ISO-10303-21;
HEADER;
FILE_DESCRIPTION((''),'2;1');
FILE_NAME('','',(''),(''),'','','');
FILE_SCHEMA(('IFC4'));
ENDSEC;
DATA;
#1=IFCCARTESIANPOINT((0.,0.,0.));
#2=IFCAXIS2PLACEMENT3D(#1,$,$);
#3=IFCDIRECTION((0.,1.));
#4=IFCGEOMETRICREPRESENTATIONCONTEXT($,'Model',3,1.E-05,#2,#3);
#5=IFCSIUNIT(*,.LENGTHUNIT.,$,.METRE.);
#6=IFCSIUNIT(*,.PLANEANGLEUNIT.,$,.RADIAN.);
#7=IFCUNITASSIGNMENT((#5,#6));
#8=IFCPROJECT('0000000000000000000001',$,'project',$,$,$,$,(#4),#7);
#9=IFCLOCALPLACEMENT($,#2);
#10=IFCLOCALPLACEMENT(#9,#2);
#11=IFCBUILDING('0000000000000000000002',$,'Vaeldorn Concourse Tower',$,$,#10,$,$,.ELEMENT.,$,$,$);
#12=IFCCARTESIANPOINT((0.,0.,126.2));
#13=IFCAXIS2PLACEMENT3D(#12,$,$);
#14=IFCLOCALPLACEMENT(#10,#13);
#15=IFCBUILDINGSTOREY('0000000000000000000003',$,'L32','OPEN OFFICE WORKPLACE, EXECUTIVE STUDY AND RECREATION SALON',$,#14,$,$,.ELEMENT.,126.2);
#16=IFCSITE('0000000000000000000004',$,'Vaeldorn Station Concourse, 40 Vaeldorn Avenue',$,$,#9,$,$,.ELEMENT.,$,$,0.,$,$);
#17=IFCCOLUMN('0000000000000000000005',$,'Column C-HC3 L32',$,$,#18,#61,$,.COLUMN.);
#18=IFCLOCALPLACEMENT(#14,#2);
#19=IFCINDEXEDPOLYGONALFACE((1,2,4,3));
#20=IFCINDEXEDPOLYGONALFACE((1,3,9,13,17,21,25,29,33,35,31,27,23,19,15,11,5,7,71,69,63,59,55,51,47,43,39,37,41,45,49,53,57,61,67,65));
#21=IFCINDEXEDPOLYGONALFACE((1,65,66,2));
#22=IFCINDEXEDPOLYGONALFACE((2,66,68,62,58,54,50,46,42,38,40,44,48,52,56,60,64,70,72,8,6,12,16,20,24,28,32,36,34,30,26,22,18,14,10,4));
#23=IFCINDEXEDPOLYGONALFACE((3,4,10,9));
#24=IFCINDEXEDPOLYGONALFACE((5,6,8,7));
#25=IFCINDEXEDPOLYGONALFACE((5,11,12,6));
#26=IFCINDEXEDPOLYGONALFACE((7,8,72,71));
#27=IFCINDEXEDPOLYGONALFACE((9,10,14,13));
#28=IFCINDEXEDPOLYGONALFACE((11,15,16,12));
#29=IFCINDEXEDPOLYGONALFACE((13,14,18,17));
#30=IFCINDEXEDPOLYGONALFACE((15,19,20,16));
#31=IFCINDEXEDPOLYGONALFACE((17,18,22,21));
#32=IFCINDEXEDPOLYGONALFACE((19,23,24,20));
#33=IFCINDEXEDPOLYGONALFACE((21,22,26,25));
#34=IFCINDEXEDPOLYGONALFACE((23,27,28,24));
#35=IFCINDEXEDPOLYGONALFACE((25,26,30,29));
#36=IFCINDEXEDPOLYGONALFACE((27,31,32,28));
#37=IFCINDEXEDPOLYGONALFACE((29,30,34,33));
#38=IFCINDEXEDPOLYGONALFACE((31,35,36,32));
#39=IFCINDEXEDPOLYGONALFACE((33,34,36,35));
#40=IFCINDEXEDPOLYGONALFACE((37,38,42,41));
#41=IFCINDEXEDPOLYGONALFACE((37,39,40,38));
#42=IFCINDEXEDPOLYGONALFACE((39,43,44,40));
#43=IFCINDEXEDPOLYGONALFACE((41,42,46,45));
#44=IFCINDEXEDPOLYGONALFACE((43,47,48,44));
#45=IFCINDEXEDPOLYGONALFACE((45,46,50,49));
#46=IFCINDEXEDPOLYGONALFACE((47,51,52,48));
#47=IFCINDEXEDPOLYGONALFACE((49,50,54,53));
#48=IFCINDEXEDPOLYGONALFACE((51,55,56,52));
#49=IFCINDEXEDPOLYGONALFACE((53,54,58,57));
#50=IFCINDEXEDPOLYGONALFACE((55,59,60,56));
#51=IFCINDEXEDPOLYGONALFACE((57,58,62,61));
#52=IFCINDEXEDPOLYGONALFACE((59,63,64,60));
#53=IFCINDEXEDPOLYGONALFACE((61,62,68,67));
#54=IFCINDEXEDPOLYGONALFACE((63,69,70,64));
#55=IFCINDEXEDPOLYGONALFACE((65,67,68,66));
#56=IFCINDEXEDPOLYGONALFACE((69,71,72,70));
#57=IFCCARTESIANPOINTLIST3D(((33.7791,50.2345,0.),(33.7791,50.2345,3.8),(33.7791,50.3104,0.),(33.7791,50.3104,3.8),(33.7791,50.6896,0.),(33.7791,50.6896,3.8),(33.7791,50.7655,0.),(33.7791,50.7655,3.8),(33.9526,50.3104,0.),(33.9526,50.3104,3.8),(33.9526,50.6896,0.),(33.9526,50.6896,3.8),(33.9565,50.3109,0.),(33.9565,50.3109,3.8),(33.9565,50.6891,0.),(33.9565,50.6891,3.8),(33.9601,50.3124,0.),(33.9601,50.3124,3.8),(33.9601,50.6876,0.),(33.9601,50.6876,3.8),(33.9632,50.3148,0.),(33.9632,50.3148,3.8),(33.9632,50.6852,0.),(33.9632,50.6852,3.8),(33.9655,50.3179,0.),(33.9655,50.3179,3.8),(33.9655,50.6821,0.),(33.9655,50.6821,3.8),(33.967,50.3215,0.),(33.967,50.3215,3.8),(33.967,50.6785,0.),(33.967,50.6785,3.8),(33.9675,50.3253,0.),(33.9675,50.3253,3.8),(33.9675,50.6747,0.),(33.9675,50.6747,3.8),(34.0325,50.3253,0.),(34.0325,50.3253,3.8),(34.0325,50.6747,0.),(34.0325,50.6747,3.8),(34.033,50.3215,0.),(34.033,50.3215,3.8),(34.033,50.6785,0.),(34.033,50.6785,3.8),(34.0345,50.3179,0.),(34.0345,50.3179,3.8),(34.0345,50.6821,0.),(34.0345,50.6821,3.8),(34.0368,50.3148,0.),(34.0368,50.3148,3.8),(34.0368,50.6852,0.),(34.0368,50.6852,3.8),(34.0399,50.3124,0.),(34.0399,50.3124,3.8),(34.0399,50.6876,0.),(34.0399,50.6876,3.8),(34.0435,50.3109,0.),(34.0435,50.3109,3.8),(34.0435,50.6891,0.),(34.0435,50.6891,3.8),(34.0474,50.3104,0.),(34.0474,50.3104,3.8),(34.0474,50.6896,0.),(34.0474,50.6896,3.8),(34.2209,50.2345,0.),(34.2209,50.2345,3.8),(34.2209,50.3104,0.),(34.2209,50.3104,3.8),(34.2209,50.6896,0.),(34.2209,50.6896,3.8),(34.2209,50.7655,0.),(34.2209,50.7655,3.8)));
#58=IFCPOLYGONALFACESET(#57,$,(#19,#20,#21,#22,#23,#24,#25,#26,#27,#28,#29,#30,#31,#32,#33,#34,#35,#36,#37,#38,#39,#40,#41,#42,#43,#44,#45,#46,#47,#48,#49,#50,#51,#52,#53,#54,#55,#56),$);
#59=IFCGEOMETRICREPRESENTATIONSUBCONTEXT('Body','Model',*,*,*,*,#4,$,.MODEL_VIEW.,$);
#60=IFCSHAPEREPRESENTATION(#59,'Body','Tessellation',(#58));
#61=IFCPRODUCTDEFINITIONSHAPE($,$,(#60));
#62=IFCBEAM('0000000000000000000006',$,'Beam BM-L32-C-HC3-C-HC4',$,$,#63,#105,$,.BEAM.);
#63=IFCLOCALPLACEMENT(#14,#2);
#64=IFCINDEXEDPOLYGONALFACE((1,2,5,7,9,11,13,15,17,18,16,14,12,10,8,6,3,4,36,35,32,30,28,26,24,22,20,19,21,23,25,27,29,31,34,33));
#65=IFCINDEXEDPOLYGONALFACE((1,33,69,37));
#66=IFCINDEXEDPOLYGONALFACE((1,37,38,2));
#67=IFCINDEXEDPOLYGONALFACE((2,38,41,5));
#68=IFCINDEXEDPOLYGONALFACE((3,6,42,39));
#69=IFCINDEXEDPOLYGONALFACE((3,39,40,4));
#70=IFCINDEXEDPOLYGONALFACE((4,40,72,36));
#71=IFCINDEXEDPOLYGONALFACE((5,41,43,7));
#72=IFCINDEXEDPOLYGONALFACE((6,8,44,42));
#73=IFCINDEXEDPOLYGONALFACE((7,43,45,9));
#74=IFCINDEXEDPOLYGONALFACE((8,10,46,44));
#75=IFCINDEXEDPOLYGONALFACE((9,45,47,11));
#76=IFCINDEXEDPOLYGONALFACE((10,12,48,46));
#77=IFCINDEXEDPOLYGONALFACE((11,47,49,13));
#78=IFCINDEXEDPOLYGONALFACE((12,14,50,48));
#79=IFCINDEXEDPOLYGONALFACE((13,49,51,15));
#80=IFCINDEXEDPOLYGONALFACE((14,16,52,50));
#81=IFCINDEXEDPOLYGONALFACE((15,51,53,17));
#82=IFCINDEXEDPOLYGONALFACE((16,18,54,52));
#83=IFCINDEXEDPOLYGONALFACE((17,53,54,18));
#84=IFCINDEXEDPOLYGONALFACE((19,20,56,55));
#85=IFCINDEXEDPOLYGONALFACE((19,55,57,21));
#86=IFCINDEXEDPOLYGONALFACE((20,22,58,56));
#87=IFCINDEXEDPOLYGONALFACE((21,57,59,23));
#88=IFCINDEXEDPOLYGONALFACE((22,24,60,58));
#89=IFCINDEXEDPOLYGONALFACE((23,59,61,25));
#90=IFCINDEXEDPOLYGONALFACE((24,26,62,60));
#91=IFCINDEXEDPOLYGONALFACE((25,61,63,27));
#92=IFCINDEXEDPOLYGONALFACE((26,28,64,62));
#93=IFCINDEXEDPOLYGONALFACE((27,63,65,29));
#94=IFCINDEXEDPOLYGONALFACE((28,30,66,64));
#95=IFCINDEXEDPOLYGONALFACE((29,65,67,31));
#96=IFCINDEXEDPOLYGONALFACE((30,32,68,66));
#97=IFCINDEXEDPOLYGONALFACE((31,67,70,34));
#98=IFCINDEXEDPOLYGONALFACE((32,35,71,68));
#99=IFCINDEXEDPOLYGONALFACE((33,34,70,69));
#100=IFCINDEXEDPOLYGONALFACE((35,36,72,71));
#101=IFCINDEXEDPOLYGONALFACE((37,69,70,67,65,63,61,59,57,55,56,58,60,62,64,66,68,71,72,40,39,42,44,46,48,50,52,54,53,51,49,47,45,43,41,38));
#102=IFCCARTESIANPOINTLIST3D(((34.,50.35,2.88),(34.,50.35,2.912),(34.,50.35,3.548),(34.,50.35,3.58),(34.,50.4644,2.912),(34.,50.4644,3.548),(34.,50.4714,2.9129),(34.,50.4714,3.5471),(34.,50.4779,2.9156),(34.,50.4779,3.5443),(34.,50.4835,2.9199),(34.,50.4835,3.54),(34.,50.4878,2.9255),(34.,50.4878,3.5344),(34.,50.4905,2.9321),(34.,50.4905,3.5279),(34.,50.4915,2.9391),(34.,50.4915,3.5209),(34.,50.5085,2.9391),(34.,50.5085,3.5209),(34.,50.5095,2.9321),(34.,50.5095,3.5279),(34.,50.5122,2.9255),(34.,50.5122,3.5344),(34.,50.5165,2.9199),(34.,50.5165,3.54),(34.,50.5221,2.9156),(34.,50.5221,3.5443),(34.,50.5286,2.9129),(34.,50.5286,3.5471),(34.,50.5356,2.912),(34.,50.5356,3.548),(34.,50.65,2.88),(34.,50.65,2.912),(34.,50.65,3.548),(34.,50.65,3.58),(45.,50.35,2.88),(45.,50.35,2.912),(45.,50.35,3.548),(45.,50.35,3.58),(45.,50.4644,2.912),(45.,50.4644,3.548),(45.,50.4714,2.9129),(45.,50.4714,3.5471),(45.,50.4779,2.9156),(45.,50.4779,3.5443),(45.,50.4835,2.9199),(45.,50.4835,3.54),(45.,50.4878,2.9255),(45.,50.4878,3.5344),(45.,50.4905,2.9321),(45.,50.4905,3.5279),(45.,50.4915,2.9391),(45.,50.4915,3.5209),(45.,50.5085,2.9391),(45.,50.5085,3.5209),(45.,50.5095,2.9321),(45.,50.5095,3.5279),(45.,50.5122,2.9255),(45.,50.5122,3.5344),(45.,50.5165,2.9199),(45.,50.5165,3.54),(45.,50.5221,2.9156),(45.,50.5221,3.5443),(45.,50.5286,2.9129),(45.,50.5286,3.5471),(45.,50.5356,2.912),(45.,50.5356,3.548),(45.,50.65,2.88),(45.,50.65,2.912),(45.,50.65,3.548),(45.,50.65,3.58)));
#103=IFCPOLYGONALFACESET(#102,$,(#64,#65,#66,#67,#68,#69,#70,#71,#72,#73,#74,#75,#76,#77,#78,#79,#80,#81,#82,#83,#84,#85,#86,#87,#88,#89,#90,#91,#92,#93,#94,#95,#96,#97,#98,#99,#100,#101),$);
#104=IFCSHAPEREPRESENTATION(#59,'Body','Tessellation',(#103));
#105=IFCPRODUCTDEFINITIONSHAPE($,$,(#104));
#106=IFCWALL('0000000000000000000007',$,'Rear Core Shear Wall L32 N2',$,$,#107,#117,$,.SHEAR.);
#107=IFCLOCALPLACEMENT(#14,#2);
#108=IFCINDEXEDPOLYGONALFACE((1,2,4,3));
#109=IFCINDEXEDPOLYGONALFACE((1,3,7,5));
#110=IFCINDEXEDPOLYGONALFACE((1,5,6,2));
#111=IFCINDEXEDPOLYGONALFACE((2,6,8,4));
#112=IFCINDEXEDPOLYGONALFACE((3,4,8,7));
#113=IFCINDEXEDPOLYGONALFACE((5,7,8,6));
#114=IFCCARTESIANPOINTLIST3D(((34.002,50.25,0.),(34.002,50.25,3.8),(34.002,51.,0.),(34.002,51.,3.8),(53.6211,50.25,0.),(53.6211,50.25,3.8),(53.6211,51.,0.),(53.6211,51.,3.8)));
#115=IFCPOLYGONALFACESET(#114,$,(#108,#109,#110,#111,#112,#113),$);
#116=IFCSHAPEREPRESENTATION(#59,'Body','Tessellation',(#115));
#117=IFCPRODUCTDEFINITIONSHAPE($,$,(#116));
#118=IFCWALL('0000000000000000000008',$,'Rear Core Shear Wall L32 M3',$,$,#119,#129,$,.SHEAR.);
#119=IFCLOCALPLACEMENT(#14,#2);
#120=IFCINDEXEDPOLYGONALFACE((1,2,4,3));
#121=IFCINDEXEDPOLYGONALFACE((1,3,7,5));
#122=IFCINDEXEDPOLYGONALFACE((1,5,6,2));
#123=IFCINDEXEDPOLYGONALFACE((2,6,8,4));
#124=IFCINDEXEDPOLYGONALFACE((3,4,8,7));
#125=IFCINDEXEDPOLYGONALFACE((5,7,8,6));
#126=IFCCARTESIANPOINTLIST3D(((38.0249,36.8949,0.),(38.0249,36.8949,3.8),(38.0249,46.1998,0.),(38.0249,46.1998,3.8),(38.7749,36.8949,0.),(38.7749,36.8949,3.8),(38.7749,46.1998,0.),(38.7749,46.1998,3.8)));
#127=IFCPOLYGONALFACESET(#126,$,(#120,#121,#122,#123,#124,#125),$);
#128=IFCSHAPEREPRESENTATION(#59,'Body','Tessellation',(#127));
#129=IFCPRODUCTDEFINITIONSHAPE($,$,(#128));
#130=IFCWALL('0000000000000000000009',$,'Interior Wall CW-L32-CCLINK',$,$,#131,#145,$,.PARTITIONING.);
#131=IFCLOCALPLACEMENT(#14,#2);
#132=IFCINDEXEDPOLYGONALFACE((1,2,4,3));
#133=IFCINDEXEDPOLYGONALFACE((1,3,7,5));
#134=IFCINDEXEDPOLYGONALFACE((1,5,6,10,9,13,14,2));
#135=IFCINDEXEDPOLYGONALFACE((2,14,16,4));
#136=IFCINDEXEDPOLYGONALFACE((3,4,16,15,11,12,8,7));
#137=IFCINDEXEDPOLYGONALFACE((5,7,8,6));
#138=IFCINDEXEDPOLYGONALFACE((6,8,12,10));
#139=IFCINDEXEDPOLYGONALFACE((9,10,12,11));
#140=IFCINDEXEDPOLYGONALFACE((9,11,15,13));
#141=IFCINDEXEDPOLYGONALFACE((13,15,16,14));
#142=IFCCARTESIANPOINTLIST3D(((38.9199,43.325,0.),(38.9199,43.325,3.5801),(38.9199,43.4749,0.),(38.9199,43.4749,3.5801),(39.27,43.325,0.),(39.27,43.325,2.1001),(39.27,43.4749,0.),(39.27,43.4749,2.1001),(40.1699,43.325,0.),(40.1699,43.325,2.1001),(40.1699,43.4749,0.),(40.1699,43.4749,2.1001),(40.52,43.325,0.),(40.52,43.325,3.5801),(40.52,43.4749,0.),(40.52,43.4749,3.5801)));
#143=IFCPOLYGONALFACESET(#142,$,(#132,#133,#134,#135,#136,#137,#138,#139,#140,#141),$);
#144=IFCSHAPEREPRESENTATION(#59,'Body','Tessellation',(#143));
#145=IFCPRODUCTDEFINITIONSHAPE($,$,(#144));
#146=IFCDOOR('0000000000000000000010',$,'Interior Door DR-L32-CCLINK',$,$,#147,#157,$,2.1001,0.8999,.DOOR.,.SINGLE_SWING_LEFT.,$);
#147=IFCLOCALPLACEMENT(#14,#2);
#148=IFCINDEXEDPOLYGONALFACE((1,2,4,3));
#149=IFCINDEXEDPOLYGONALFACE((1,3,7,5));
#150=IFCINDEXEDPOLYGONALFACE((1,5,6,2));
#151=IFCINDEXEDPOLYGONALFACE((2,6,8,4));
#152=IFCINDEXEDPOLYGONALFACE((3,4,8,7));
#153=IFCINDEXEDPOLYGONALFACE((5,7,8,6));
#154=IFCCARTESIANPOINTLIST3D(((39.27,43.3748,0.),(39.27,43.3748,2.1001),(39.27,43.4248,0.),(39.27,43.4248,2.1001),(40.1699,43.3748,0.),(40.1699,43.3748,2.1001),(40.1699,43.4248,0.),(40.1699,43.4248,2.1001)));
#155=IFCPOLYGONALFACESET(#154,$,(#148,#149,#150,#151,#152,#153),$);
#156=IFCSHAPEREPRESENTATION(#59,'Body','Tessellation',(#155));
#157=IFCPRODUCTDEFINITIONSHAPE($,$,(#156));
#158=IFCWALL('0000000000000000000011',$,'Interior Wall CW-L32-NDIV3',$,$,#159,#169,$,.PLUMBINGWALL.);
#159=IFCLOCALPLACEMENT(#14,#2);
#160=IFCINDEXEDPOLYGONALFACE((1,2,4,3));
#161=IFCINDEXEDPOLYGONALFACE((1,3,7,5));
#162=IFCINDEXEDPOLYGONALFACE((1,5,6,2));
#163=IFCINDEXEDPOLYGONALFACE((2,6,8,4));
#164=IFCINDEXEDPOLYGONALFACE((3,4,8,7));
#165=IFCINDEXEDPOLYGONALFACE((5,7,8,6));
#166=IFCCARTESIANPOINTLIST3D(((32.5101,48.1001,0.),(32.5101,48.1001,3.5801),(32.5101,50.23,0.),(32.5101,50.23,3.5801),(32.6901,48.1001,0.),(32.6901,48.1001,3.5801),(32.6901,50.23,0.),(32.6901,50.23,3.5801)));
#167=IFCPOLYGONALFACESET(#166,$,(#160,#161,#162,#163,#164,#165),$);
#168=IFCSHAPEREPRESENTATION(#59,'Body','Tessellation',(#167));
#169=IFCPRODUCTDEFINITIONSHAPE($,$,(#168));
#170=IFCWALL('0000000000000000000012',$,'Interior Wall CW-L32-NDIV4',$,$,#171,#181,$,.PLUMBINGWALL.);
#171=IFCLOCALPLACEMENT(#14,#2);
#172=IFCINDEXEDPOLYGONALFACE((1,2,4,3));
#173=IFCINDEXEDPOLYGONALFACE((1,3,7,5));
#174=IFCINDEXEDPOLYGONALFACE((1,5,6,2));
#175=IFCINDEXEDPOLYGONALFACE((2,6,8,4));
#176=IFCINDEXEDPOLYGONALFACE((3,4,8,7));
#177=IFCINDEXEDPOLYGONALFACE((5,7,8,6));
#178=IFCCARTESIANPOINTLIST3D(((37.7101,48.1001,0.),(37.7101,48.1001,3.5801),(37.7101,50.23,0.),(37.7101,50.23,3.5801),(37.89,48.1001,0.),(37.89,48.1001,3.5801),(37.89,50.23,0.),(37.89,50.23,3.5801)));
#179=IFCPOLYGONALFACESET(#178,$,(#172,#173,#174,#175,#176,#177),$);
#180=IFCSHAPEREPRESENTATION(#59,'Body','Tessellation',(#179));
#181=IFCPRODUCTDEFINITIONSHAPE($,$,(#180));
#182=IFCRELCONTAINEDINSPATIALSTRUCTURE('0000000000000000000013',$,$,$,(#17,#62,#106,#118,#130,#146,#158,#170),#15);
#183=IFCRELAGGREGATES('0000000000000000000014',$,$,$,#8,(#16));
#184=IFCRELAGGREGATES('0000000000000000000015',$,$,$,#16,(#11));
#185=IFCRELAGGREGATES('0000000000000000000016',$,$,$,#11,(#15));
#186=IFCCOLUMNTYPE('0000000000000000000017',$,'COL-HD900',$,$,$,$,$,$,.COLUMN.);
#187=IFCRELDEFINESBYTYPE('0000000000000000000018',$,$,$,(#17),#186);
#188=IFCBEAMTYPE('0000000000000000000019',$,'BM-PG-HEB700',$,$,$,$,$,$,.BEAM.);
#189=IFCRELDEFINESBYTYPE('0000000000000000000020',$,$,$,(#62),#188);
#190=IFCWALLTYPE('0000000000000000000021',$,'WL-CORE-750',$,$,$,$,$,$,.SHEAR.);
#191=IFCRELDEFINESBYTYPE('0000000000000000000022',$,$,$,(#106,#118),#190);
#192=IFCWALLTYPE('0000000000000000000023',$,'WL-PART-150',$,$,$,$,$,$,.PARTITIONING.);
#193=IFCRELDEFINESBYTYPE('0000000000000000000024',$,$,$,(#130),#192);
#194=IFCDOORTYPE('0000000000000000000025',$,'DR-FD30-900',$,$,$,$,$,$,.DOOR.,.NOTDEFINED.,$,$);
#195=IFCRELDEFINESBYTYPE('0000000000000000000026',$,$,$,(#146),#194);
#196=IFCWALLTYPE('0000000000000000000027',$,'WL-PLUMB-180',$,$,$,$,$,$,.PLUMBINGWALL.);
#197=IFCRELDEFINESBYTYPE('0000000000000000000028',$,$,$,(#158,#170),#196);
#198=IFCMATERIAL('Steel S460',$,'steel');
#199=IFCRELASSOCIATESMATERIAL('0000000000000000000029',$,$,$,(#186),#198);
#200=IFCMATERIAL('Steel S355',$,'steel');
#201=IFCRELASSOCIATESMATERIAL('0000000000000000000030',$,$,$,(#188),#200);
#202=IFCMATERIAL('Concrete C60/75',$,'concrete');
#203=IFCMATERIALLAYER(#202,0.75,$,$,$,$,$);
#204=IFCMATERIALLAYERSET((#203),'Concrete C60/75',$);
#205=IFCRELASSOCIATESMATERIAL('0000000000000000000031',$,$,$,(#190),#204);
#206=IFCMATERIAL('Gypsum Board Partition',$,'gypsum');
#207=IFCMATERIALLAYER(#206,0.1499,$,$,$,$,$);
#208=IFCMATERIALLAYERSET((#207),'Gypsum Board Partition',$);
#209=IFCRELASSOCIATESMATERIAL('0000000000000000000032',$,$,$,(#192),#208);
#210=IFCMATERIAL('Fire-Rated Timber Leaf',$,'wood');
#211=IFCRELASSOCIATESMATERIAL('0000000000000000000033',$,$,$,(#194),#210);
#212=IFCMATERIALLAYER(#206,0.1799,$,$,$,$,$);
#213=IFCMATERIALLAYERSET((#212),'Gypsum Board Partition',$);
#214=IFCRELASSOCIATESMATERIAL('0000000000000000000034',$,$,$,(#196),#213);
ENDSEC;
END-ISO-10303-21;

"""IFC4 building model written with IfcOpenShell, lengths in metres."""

from ifc_helpers import new_model, si_unit, direction, frame, frame_2d, origin, origin_2d, place, context, subcontext, project, spatial, rectangle, i_section, extrude, source, transform, mapped, material, layer, layer_set, material_profile, profile_set, type_object, element, fill, save


model = new_model("IFC4")

# Units and contexts
model_context = context("Model", 3, precision=1e-05, world=origin(), true_north=direction((0.0, 1.0)))
body_context = subcontext(model_context, "Body", "Model", "MODEL_VIEW")
ifc_project = project(units=[si_unit("LENGTHUNIT", "METRE"), si_unit("PLANEANGLEUNIT", "RADIAN")], contexts=[model_context])

# Site, building, storey
site_placement = place(None, origin())
site = spatial("IfcSite", under=ifc_project, at=site_placement, Name="Vaeldorn Station Concourse, 40 Vaeldorn Avenue", CompositionType="ELEMENT", RefElevation=0.0)
building_placement = place(site_placement, origin())
building = spatial("IfcBuilding", under=site, at=building_placement, Name="Vaeldorn Concourse Tower", CompositionType="ELEMENT")
storey_placement = place(building_placement, frame((0.0, 0.0, 126.2)))
storey = spatial("IfcBuildingStorey", under=building, at=storey_placement, Name="L32", Description="OPEN OFFICE WORKPLACE, EXECUTIVE STUDY AND RECREATION SALON", CompositionType="ELEMENT", Elevation=126.2)

# Column
ifc_material_1 = material(Name="Steel S460", Category="steel")
ifc_material_profile_1 = material_profile(ifc_material_1, i_section(OverallWidth=0.4419, OverallDepth=0.531, WebThickness=0.0649, FlangeThickness=0.0759, FilletRadius=0.0149, at=origin_2d()), Name="HD 400x900")
ifc_profile_set_1 = profile_set([ifc_material_profile_1], Name="Steel S460")
column_type = type_object("IfcColumnType", Name="COL-HD900", PredefinedType="COLUMN", material=ifc_profile_set_1)
shared_shape_1 = source(origin(), body_context, "Body", "SweptSolid", [
    extrude(i_section(OverallWidth=0.4419, OverallDepth=0.531, WebThickness=0.0649, FlangeThickness=0.0759, FilletRadius=0.0149, at=origin_2d()), origin(), (0.0, 0.0, 1.0), 3.8),
])
column_placement = place(storey_placement, frame((34.0, 50.5, 0.0), z_axis=(0.0, 0.0, 1.0), x_axis=(1.0, 0.0, 0.0)))
element("IfcColumn", 1, at=column_placement, inside=storey, type_object=column_type, Name="Column C-HC3 L32", PredefinedType="COLUMN", context=body_context, shape_type="MappedRepresentation", body=[
    mapped(shared_shape_1, transform((0.0, 0.0, 0.0), scale=1.0)),
])

# Beam
ifc_material_2 = material(Name="Steel S355", Category="steel")
ifc_material_profile_2 = material_profile(ifc_material_2, i_section(OverallWidth=0.3, OverallDepth=0.7, WebThickness=0.0171, FlangeThickness=0.032, FilletRadius=0.0271, at=origin_2d()), Name="HEB 700")
ifc_profile_set_2 = profile_set([ifc_material_profile_2], Name="Steel S355")
beam_type = type_object("IfcBeamType", Name="BM-PG-HEB700", PredefinedType="BEAM", material=ifc_profile_set_2)
shared_shape_2 = source(origin(), body_context, "Body", "SweptSolid", [
    extrude(i_section(OverallWidth=0.3, OverallDepth=0.7, WebThickness=0.0171, FlangeThickness=0.032, FilletRadius=0.0271, at=origin_2d()), origin(), (0.0, 0.0, 1.0), 11.0),
])
beam_placement = place(storey_placement, frame((34.0, 50.5, 3.23), z_axis=(1.0, 0.0, 0.0), x_axis=(0.0, 1.0, 0.0)))
element("IfcBeam", 2, at=beam_placement, inside=storey, type_object=beam_type, Name="Beam BM-L32-C-HC3-C-HC4", PredefinedType="BEAM", context=body_context, shape_type="MappedRepresentation", body=[
    mapped(shared_shape_2, transform((0.0, 0.0, 0.0), scale=1.0)),
])

# Walls
ifc_material_3 = material(Name="Concrete C60/75", Category="concrete")
ifc_layer_1 = layer(ifc_material_3, 0.75)
ifc_layer_set_1 = layer_set([ifc_layer_1], Name="Concrete C60/75")
wall_type_1 = type_object("IfcWallType", Name="WL-CORE-750", PredefinedType="SHEAR", material=ifc_layer_set_1)
wall_1_placement = place(storey_placement, frame((34.002, 50.625, 0.0), z_axis=(0.0, 0.0, 1.0), x_axis=(1.0, 0.0, 0.0)))
element("IfcWall", 3, at=wall_1_placement, inside=storey, type_object=wall_type_1, Name="Rear Core Shear Wall L32 N2", PredefinedType="SHEAR", context=body_context, shape_type="SweptSolid", body=[
    extrude(rectangle(XDim=19.6191, YDim=0.75, at=frame_2d((9.8096, 0.0))), origin(), (0.0, 0.0, 1.0), 3.8),
])
wall_2_placement = place(storey_placement, frame((38.3999, 36.895, 0.0), z_axis=(0.0, 0.0, 1.0), x_axis=(0.0, 1.0, 0.0)))
element("IfcWall", 4, at=wall_2_placement, inside=storey, type_object=wall_type_1, Name="Rear Core Shear Wall L32 M3", PredefinedType="SHEAR", context=body_context, shape_type="SweptSolid", body=[
    extrude(rectangle(XDim=9.3049, YDim=0.75, at=frame_2d((4.6523, 0.0))), origin(), (0.0, 0.0, 1.0), 3.8),
])

# Wall, opening, door
ifc_material_4 = material(Name="Gypsum Board Partition", Category="gypsum")
ifc_layer_2 = layer(ifc_material_4, 0.1499)
ifc_layer_set_2 = layer_set([ifc_layer_2], Name="Gypsum Board Partition")
wall_type_2 = type_object("IfcWallType", Name="WL-PART-150", PredefinedType="PARTITIONING", material=ifc_layer_set_2)
wall_3_placement = place(storey_placement, frame((38.9199, 43.3999, 0.0), z_axis=(0.0, 0.0, 1.0), x_axis=(1.0, 0.0, 0.0)))
wall_3 = element("IfcWall", 5, at=wall_3_placement, inside=storey, type_object=wall_type_2, Name="Interior Wall CW-L32-CCLINK", PredefinedType="PARTITIONING", context=body_context, shape_type="SweptSolid", body=[
    extrude(rectangle(XDim=1.6001, YDim=0.1499, at=frame_2d((0.8, 0.0))), origin(), (0.0, 0.0, 1.0), 3.5801),
])
opening_1_placement = place(wall_3_placement, frame((0.3501, 0.0, 0.0)))
opening_1 = element("IfcOpeningElement", 6, at=opening_1_placement, cuts=wall_3, PredefinedType="OPENING", context=body_context, shape_type="SweptSolid", body=[
    extrude(rectangle(XDim=0.8999, YDim=2.1001, at=frame_2d((0.45, 1.05))), frame((0.0, 0.085, 0.0), z_axis=(0.0, -1.0, 0.0), x_axis=(1.0, 0.0, 0.0)), (0.0, 0.0, 1.0), 0.1699),
])
ifc_material_5 = material(Name="Fire-Rated Timber Leaf", Category="wood")
door_type_1 = type_object("IfcDoorType", Name="DR-FD30-900", OperationType="NOTDEFINED", PredefinedType="DOOR", material=ifc_material_5)
shared_shape_3 = source(origin(), body_context, "Body", "SweptSolid", [
    extrude(rectangle(XDim=0.8999, YDim=2.1001, at=frame_2d((0.45, 1.05))), frame((0.0, 0.0249, 0.0), z_axis=(0.0, -1.0, 0.0), x_axis=(1.0, 0.0, 0.0)), (0.0, 0.0, 1.0), 0.05),
])
door_1_placement = place(opening_1_placement, origin())
door_1 = element("IfcDoor", 7, at=door_1_placement, inside=storey, type_object=door_type_1, Name="Interior Door DR-L32-CCLINK", OperationType="SINGLE_SWING_LEFT", OverallHeight=2.1001, OverallWidth=0.8999, PredefinedType="DOOR", context=body_context, shape_type="MappedRepresentation", body=[
    mapped(shared_shape_3, transform((0.0, 0.0, 0.0), scale=1.0)),
])
fill(opening_1, door_1)

# Walls
ifc_layer_3 = layer(ifc_material_4, 0.1799)
ifc_layer_set_3 = layer_set([ifc_layer_3], Name="Gypsum Board Partition")
wall_type_3 = type_object("IfcWallType", Name="WL-PLUMB-180", PredefinedType="PLUMBINGWALL", material=ifc_layer_set_3)
for number, where, z_axis, x_axis, name in (
    (8, (32.6001, 48.1001, 0.0), (0.0, 0.0, 1.0), (0.0, 1.0, 0.0), "Interior Wall CW-L32-NDIV3"),
    (9, (37.8, 48.1001, 0.0), (0.0, 0.0, 1.0), (0.0, 1.0, 0.0), "Interior Wall CW-L32-NDIV4"),
):
    element("IfcWall", number, at=place(storey_placement, frame(where, z_axis=z_axis, x_axis=x_axis)), inside=storey, type_object=wall_type_3, Name=name, PredefinedType="PLUMBINGWALL", context=body_context, shape_type="SweptSolid", body=[
        extrude(rectangle(XDim=2.1299, YDim=0.1799, at=frame_2d((1.0649, 0.0))), origin(), (0.0, 0.0, 1.0), 3.5801),
    ])

save(model, "model.ifc")
